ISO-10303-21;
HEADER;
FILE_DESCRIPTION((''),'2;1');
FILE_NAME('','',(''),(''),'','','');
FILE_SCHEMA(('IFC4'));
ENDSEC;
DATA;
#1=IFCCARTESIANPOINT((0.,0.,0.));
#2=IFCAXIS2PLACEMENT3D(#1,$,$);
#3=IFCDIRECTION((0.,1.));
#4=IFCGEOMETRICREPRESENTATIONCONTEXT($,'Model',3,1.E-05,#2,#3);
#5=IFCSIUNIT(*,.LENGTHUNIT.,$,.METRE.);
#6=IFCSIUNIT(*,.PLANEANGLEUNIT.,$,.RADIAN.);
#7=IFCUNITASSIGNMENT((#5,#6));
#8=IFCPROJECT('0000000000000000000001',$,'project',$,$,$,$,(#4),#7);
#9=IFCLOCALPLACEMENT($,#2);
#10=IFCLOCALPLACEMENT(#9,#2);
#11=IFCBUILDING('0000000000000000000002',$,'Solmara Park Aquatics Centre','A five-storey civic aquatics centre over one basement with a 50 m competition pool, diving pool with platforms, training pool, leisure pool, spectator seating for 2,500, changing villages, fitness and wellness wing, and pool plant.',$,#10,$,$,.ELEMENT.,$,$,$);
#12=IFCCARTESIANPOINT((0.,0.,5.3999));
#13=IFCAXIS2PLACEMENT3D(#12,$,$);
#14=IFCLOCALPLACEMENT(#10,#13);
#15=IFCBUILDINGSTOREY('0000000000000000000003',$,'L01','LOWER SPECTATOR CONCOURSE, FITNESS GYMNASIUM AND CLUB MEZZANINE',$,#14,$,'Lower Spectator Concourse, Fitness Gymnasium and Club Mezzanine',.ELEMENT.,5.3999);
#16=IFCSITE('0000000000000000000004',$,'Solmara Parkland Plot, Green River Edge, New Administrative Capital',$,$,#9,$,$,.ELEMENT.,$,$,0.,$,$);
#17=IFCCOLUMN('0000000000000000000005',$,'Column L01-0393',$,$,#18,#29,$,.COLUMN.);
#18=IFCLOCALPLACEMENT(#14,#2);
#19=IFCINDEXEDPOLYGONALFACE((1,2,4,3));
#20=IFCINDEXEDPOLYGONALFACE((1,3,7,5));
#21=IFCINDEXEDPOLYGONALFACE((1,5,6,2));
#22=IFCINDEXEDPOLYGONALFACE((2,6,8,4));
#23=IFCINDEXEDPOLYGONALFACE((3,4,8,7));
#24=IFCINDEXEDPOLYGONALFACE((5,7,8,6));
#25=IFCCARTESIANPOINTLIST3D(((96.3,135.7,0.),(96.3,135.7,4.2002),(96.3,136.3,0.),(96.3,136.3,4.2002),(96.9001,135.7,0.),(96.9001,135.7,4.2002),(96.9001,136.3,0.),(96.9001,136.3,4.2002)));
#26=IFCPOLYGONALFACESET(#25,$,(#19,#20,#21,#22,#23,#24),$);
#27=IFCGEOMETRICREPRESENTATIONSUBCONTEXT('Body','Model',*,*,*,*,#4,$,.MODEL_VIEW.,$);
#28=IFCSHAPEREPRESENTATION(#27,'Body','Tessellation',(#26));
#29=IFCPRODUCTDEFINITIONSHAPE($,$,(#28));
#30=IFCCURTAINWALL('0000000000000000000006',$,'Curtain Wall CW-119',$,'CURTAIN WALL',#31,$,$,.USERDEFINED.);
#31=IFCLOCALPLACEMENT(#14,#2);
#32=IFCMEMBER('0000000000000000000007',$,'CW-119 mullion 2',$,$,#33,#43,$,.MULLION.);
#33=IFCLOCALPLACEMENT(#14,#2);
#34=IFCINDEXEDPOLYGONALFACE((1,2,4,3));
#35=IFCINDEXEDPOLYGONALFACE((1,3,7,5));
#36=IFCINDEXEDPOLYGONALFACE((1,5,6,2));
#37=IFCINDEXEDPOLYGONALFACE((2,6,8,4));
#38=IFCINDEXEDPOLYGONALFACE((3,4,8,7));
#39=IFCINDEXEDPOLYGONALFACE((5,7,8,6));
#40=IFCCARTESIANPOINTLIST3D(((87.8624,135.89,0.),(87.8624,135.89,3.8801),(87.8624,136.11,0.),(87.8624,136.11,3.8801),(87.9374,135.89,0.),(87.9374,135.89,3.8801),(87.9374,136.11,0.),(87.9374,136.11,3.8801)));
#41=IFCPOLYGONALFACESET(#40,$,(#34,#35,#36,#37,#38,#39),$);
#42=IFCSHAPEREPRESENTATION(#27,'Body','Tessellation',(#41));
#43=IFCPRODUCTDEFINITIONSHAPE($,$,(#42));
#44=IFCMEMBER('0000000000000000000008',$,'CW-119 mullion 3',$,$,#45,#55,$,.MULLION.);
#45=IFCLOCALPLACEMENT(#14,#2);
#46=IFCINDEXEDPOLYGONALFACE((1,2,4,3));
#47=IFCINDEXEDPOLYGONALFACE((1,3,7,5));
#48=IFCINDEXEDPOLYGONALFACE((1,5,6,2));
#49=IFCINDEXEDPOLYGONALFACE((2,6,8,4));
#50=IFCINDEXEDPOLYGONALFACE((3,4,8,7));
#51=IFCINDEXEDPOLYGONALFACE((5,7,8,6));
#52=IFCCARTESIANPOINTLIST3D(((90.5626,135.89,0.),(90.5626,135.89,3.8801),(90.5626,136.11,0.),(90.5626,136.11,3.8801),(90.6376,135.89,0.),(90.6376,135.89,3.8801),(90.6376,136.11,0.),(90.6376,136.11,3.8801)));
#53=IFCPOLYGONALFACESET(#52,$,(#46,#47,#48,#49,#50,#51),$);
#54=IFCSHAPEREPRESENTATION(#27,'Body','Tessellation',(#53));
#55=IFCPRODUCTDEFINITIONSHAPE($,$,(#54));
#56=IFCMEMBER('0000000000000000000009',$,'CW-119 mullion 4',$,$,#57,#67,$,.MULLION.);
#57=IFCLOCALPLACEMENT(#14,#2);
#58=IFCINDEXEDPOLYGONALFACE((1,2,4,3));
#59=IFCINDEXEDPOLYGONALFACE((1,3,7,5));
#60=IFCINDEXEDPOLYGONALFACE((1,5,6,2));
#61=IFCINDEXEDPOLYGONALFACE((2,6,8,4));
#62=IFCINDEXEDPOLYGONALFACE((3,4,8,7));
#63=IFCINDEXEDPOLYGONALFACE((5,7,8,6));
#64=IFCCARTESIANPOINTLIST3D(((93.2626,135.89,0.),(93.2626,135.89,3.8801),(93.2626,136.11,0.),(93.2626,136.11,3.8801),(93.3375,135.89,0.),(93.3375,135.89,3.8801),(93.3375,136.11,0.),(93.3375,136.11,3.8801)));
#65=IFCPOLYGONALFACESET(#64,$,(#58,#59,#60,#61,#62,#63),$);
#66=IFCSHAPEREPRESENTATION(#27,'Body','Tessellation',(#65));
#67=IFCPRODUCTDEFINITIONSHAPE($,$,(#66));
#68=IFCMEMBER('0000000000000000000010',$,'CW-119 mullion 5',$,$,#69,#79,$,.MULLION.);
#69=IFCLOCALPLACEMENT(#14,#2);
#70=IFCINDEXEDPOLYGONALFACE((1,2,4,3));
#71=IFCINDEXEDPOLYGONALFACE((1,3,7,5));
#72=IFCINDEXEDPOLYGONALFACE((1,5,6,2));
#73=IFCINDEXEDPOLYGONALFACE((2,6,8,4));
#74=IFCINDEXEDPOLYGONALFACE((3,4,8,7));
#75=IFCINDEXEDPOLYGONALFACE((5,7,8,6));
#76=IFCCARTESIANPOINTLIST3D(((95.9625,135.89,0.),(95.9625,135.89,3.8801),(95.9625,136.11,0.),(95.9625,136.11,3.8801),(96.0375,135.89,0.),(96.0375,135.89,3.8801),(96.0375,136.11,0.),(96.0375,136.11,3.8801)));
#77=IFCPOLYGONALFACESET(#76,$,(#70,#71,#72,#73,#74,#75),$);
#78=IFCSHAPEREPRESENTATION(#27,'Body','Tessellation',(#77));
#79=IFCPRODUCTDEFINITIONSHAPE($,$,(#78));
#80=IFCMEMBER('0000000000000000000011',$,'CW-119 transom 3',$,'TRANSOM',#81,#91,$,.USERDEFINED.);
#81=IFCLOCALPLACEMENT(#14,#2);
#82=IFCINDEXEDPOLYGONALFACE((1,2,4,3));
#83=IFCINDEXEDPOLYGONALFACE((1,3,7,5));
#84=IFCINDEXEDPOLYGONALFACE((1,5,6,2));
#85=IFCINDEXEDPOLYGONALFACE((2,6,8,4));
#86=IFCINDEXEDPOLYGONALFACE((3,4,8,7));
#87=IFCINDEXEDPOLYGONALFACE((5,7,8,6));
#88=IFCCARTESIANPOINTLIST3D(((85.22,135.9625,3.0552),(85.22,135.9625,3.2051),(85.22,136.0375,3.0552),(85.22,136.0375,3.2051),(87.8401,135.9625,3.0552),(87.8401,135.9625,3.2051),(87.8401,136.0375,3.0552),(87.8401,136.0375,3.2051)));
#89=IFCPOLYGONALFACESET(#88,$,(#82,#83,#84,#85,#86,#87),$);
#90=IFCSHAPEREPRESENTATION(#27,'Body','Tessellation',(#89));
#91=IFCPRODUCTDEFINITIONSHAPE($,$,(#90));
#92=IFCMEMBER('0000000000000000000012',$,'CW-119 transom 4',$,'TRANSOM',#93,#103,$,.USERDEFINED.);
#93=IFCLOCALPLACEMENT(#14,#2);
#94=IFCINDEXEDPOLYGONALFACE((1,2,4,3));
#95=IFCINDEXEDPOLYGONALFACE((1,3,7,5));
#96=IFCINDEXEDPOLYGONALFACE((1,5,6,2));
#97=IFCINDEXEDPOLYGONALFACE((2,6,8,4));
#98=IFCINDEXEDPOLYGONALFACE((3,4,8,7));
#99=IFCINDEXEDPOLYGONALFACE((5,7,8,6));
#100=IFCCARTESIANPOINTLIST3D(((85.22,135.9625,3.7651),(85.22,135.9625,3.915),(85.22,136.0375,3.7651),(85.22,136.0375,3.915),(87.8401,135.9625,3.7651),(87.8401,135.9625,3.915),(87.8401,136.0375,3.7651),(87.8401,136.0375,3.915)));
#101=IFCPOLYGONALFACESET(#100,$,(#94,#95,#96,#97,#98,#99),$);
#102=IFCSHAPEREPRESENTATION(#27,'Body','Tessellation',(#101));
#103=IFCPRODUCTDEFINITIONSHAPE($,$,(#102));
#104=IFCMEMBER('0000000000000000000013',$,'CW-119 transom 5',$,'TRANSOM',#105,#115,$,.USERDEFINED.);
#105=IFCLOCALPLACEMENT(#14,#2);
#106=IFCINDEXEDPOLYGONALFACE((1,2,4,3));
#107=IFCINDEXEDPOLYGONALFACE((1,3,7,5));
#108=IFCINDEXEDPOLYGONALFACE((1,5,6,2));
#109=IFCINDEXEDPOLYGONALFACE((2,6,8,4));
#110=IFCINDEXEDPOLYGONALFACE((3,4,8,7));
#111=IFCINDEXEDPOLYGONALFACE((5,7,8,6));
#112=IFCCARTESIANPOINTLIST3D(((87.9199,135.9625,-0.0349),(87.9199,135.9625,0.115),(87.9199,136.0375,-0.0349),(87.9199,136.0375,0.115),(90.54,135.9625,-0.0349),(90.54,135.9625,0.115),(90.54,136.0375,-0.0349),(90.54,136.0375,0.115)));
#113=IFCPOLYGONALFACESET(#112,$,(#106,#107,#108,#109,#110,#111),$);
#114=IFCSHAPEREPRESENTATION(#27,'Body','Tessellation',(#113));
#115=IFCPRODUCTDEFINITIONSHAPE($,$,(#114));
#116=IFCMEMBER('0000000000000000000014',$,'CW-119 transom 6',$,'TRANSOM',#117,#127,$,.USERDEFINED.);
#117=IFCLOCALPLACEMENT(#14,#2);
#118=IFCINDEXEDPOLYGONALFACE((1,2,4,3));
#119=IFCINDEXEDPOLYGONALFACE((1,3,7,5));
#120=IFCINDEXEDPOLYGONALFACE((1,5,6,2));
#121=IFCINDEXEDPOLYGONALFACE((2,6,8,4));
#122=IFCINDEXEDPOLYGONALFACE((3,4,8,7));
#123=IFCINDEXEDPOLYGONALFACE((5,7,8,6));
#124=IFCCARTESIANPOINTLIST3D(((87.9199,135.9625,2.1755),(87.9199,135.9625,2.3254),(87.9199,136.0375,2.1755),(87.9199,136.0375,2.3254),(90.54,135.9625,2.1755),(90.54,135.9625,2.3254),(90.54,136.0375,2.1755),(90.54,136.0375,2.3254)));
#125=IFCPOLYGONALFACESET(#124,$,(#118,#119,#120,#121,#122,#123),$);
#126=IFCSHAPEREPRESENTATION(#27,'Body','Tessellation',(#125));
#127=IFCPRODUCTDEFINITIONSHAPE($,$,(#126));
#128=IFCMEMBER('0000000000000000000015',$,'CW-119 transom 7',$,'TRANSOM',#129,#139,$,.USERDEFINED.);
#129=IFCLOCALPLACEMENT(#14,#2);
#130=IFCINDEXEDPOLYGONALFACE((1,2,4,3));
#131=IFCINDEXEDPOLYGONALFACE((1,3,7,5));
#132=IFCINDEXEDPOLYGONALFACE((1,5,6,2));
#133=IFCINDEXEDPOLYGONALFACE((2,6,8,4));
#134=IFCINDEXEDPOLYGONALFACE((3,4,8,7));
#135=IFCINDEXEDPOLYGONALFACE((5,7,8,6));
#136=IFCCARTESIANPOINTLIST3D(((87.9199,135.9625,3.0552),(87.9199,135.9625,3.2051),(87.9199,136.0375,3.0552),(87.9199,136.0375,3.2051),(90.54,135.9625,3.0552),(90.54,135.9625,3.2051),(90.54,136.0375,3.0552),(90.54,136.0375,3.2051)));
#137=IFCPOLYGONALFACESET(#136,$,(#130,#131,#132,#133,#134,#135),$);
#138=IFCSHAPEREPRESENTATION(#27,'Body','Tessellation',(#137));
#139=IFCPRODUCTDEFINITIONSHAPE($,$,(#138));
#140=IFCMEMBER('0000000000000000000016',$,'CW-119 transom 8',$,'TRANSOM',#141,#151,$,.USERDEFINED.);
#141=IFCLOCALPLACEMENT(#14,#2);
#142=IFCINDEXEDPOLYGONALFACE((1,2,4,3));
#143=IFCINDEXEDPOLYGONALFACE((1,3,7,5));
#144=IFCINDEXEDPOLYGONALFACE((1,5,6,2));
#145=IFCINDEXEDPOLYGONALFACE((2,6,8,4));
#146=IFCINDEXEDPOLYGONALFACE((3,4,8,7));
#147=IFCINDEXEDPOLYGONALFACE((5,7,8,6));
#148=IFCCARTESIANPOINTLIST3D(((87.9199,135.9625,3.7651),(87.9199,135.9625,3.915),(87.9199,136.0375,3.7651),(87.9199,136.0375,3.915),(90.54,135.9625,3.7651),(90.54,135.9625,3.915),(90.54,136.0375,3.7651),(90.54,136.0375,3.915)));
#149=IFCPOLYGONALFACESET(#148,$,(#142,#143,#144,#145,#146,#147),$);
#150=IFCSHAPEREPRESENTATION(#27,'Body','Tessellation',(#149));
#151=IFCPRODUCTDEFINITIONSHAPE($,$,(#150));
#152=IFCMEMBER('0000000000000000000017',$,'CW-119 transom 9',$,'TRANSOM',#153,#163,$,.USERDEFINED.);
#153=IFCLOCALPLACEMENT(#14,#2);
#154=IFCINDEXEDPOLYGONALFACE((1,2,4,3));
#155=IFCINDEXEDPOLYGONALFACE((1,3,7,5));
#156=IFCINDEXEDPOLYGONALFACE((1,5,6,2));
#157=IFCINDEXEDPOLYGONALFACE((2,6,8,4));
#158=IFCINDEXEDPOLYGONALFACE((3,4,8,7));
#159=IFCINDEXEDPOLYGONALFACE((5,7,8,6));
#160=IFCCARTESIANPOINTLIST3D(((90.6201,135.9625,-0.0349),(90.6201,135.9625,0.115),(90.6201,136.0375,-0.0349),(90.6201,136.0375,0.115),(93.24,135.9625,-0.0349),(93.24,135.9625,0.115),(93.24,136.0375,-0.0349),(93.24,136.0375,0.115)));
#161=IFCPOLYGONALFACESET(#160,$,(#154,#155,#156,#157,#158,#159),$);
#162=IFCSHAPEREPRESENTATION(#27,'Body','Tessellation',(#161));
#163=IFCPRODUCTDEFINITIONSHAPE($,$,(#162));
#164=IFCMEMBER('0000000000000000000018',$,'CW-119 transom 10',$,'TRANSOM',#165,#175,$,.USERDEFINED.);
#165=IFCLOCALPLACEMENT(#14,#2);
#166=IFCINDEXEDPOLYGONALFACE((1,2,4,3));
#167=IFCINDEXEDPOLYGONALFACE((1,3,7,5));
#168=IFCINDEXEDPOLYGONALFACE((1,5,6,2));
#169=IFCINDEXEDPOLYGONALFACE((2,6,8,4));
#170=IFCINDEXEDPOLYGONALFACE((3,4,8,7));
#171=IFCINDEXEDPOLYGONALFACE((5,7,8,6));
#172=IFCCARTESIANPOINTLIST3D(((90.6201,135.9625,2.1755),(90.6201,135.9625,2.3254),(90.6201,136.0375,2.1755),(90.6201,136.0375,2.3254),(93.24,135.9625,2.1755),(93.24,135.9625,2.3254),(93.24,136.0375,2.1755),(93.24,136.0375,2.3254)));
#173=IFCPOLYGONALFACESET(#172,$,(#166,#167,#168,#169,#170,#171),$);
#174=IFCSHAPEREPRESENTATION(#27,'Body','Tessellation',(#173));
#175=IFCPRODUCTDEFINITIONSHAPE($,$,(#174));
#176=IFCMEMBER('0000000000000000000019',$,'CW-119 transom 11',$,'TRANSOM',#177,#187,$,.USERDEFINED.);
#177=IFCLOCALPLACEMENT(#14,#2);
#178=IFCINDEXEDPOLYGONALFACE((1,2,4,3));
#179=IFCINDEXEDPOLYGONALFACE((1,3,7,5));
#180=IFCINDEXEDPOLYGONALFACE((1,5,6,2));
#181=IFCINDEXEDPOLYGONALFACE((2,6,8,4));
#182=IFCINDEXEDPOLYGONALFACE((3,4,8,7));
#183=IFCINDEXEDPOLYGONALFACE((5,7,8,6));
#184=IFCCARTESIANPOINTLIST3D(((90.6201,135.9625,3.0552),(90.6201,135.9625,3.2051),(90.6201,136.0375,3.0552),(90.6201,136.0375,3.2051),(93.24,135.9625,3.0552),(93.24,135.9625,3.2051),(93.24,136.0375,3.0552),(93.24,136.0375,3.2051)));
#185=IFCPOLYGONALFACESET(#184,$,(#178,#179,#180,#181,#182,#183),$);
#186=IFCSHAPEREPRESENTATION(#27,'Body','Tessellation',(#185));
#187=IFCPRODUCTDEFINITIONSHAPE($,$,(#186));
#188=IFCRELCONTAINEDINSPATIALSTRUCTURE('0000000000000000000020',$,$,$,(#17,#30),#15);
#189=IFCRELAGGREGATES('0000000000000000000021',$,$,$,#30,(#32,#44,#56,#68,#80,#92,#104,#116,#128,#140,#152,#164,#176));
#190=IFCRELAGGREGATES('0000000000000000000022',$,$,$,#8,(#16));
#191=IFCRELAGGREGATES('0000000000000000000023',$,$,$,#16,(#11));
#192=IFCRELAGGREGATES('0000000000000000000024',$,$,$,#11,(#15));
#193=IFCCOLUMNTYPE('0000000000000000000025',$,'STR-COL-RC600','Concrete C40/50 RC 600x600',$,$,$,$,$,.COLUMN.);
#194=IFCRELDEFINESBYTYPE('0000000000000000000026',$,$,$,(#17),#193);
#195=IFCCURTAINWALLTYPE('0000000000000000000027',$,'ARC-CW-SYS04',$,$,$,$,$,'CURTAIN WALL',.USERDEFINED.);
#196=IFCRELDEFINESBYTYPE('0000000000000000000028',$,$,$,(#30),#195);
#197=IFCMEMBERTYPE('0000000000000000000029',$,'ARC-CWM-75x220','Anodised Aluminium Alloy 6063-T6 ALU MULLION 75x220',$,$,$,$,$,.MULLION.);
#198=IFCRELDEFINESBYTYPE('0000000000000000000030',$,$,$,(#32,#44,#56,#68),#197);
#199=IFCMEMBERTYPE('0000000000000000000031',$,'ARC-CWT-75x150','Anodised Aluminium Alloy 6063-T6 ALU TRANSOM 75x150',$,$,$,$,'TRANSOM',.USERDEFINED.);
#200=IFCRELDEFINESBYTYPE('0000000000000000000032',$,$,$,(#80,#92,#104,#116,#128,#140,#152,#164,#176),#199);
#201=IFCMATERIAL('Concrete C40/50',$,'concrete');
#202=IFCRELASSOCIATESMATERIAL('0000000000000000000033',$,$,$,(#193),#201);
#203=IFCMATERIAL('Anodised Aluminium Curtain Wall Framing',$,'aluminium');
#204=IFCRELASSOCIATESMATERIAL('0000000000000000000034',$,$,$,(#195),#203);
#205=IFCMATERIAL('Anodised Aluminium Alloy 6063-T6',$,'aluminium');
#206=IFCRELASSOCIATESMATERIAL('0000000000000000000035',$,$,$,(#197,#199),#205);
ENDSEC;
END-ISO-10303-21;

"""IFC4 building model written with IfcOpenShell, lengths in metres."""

from ifc_helpers import new_model, si_unit, direction, frame, origin, origin_2d, place, context, subcontext, project, spatial, rectangle, extrude, material, material_profile, profile_set, type_object, element, aggregate, save


model = new_model("IFC4")

# Units and contexts
model_context = context("Model", 3, precision=1e-05, world=origin(), true_north=direction((0.0, 1.0)))
body_context = subcontext(model_context, "Body", "Model", "MODEL_VIEW")
ifc_project = project(units=[si_unit("LENGTHUNIT", "METRE"), si_unit("PLANEANGLEUNIT", "RADIAN")], contexts=[model_context])

# Site, building, storey
site_placement = place(None, origin())
site = spatial("IfcSite", under=ifc_project, at=site_placement, Name="Solmara Parkland Plot, Green River Edge, New Administrative Capital", CompositionType="ELEMENT", RefElevation=0.0)
building_placement = place(site_placement, origin())
building = spatial("IfcBuilding", under=site, at=building_placement, Name="Solmara Park Aquatics Centre", Description="A five-storey civic aquatics centre over one basement with a 50 m competition pool, diving pool with platforms, training pool, leisure pool, spectator seating for 2,500, changing villages, fitness and wellness wing, and pool plant.", CompositionType="ELEMENT")
storey_placement = place(building_placement, frame((0.0, 0.0, 5.3999)))
storey = spatial("IfcBuildingStorey", under=building, at=storey_placement, Name="L01", Description="LOWER SPECTATOR CONCOURSE, FITNESS GYMNASIUM AND CLUB MEZZANINE", LongName="Lower Spectator Concourse, Fitness Gymnasium and Club Mezzanine", CompositionType="ELEMENT", Elevation=5.3999)

# Column
ifc_material_1 = material(Name="Concrete C40/50", Category="concrete")
ifc_material_profile_1 = material_profile(ifc_material_1, rectangle(XDim=0.6001, YDim=0.6001, at=origin_2d()), Name="RC 600x600")
ifc_profile_set_1 = profile_set([ifc_material_profile_1], Name="Concrete C40/50")
column_type = type_object("IfcColumnType", Name="STR-COL-RC600", Description="Concrete C40/50 RC 600x600", PredefinedType="COLUMN", material=ifc_profile_set_1)
column_placement = place(storey_placement, frame((96.6001, 136.0, 0.0), z_axis=(0.0, 0.0, 1.0), x_axis=(1.0, 0.0, 0.0)))
element("IfcColumn", 1, at=column_placement, inside=storey, type_object=column_type, Name="Column L01-0393", PredefinedType="COLUMN", context=body_context, shape_type="SweptSolid", body=[
    extrude(rectangle(XDim=0.6001, YDim=0.6001, at=origin_2d()), origin(), (0.0, 0.0, 1.0), 4.2002),
])

# Curtain wall, members
ifc_material_2 = material(Name="Anodised Aluminium Curtain Wall Framing", Category="aluminium")
curtain_wall_type = type_object("IfcCurtainWallType", Name="ARC-CW-SYS04", ElementType="CURTAIN WALL", PredefinedType="USERDEFINED", material=ifc_material_2)
curtain_wall_placement = place(storey_placement, origin())
curtain_wall = element("IfcCurtainWall", 2, at=curtain_wall_placement, inside=storey, type_object=curtain_wall_type, Name="Curtain Wall CW-119", ObjectType="CURTAIN WALL", PredefinedType="USERDEFINED")
ifc_material_3 = material(Name="Anodised Aluminium Alloy 6063-T6", Category="aluminium")
ifc_material_profile_2 = material_profile(ifc_material_3, rectangle(XDim=0.075, YDim=0.22, at=origin_2d()), Name="ALU MULLION 75x220")
ifc_profile_set_2 = profile_set([ifc_material_profile_2], Name="Anodised Aluminium Alloy 6063-T6")
member_type_1 = type_object("IfcMemberType", Name="ARC-CWM-75x220", Description="Anodised Aluminium Alloy 6063-T6 ALU MULLION 75x220", PredefinedType="MULLION", material=ifc_profile_set_2)
member_1_placement = place(storey_placement, frame((87.8999, 136.0, 0.0), z_axis=(0.0, 0.0, 1.0), x_axis=(1.0, 0.0, 0.0)))
member_1 = element("IfcMember", 3, at=member_1_placement, type_object=member_type_1, Name="CW-119 mullion 2", PredefinedType="MULLION", context=body_context, shape_type="SweptSolid", body=[
    extrude(rectangle(XDim=0.075, YDim=0.22, at=origin_2d()), origin(), (0.0, 0.0, 1.0), 3.8801),
])
member_2_placement = place(storey_placement, frame((90.6001, 136.0, 0.0), z_axis=(0.0, 0.0, 1.0), x_axis=(1.0, 0.0, 0.0)))
member_2 = element("IfcMember", 4, at=member_2_placement, type_object=member_type_1, Name="CW-119 mullion 3", PredefinedType="MULLION", context=body_context, shape_type="SweptSolid", body=[
    extrude(rectangle(XDim=0.075, YDim=0.22, at=origin_2d()), origin(), (0.0, 0.0, 1.0), 3.8801),
])
member_3_placement = place(storey_placement, frame((93.3, 136.0, 0.0), z_axis=(0.0, 0.0, 1.0), x_axis=(1.0, 0.0, 0.0)))
member_3 = element("IfcMember", 5, at=member_3_placement, type_object=member_type_1, Name="CW-119 mullion 4", PredefinedType="MULLION", context=body_context, shape_type="SweptSolid", body=[
    extrude(rectangle(XDim=0.075, YDim=0.22, at=origin_2d()), origin(), (0.0, 0.0, 1.0), 3.8801),
])
member_4_placement = place(storey_placement, frame((96.0, 136.0, 0.0), z_axis=(0.0, 0.0, 1.0), x_axis=(1.0, 0.0, 0.0)))
member_4 = element("IfcMember", 6, at=member_4_placement, type_object=member_type_1, Name="CW-119 mullion 5", PredefinedType="MULLION", context=body_context, shape_type="SweptSolid", body=[
    extrude(rectangle(XDim=0.075, YDim=0.22, at=origin_2d()), origin(), (0.0, 0.0, 1.0), 3.8801),
])
ifc_material_profile_3 = material_profile(ifc_material_3, rectangle(XDim=0.075, YDim=0.1499, at=origin_2d()), Name="ALU TRANSOM 75x150")
ifc_profile_set_3 = profile_set([ifc_material_profile_3], Name="Anodised Aluminium Alloy 6063-T6")
member_type_2 = type_object("IfcMemberType", Name="ARC-CWT-75x150", Description="Anodised Aluminium Alloy 6063-T6 ALU TRANSOM 75x150", ElementType="TRANSOM", PredefinedType="USERDEFINED", material=ifc_profile_set_3)
member_5_placement = place(storey_placement, frame((85.22, 136.0, 3.1301), z_axis=(1.0, 0.0, 0.0), x_axis=(0.0, 1.0, 0.0)))
member_5 = element("IfcMember", 7, at=member_5_placement, type_object=member_type_2, Name="CW-119 transom 3", ObjectType="TRANSOM", PredefinedType="USERDEFINED", context=body_context, shape_type="SweptSolid", body=[
    extrude(rectangle(XDim=0.075, YDim=0.1499, at=origin_2d()), origin(), (0.0, 0.0, 1.0), 2.6201),
])
member_6_placement = place(storey_placement, frame((85.22, 136.0, 3.8401), z_axis=(1.0, 0.0, 0.0), x_axis=(0.0, 1.0, 0.0)))
member_6 = element("IfcMember", 8, at=member_6_placement, type_object=member_type_2, Name="CW-119 transom 4", ObjectType="TRANSOM", PredefinedType="USERDEFINED", context=body_context, shape_type="SweptSolid", body=[
    extrude(rectangle(XDim=0.075, YDim=0.1499, at=origin_2d()), origin(), (0.0, 0.0, 1.0), 2.6201),
])
member_7_placement = place(storey_placement, frame((87.9199, 136.0, 0.04), z_axis=(1.0, 0.0, 0.0), x_axis=(0.0, 1.0, 0.0)))
member_7 = element("IfcMember", 9, at=member_7_placement, type_object=member_type_2, Name="CW-119 transom 5", ObjectType="TRANSOM", PredefinedType="USERDEFINED", context=body_context, shape_type="SweptSolid", body=[
    extrude(rectangle(XDim=0.075, YDim=0.1499, at=origin_2d()), origin(), (0.0, 0.0, 1.0), 2.6201),
])
member_8_placement = place(storey_placement, frame((87.9199, 136.0, 2.2505), z_axis=(1.0, 0.0, 0.0), x_axis=(0.0, 1.0, 0.0)))
member_8 = element("IfcMember", 10, at=member_8_placement, type_object=member_type_2, Name="CW-119 transom 6", ObjectType="TRANSOM", PredefinedType="USERDEFINED", context=body_context, shape_type="SweptSolid", body=[
    extrude(rectangle(XDim=0.075, YDim=0.1499, at=origin_2d()), origin(), (0.0, 0.0, 1.0), 2.6201),
])
member_9_placement = place(storey_placement, frame((87.9199, 136.0, 3.1301), z_axis=(1.0, 0.0, 0.0), x_axis=(0.0, 1.0, 0.0)))
member_9 = element("IfcMember", 11, at=member_9_placement, type_object=member_type_2, Name="CW-119 transom 7", ObjectType="TRANSOM", PredefinedType="USERDEFINED", context=body_context, shape_type="SweptSolid", body=[
    extrude(rectangle(XDim=0.075, YDim=0.1499, at=origin_2d()), origin(), (0.0, 0.0, 1.0), 2.6201),
])
member_10_placement = place(storey_placement, frame((87.9199, 136.0, 3.8401), z_axis=(1.0, 0.0, 0.0), x_axis=(0.0, 1.0, 0.0)))
member_10 = element("IfcMember", 12, at=member_10_placement, type_object=member_type_2, Name="CW-119 transom 8", ObjectType="TRANSOM", PredefinedType="USERDEFINED", context=body_context, shape_type="SweptSolid", body=[
    extrude(rectangle(XDim=0.075, YDim=0.1499, at=origin_2d()), origin(), (0.0, 0.0, 1.0), 2.6201),
])
member_11_placement = place(storey_placement, frame((90.6201, 136.0, 0.04), z_axis=(1.0, 0.0, 0.0), x_axis=(0.0, 1.0, 0.0)))
member_11 = element("IfcMember", 13, at=member_11_placement, type_object=member_type_2, Name="CW-119 transom 9", ObjectType="TRANSOM", PredefinedType="USERDEFINED", context=body_context, shape_type="SweptSolid", body=[
    extrude(rectangle(XDim=0.075, YDim=0.1499, at=origin_2d()), origin(), (0.0, 0.0, 1.0), 2.6199),
])
member_12_placement = place(storey_placement, frame((90.6201, 136.0, 2.2505), z_axis=(1.0, 0.0, 0.0), x_axis=(0.0, 1.0, 0.0)))
member_12 = element("IfcMember", 14, at=member_12_placement, type_object=member_type_2, Name="CW-119 transom 10", ObjectType="TRANSOM", PredefinedType="USERDEFINED", context=body_context, shape_type="SweptSolid", body=[
    extrude(rectangle(XDim=0.075, YDim=0.1499, at=origin_2d()), origin(), (0.0, 0.0, 1.0), 2.6199),
])
member_13_placement = place(storey_placement, frame((90.6201, 136.0, 3.1301), z_axis=(1.0, 0.0, 0.0), x_axis=(0.0, 1.0, 0.0)))
member_13 = element("IfcMember", 15, at=member_13_placement, type_object=member_type_2, Name="CW-119 transom 11", ObjectType="TRANSOM", PredefinedType="USERDEFINED", context=body_context, shape_type="SweptSolid", body=[
    extrude(rectangle(XDim=0.075, YDim=0.1499, at=origin_2d()), origin(), (0.0, 0.0, 1.0), 2.6199),
])
aggregate(curtain_wall, [member_1, member_2, member_3, member_4, member_5, member_6, member_7, member_8, member_9, member_10, member_11, member_12, member_13])

save(model, "model.ifc")
